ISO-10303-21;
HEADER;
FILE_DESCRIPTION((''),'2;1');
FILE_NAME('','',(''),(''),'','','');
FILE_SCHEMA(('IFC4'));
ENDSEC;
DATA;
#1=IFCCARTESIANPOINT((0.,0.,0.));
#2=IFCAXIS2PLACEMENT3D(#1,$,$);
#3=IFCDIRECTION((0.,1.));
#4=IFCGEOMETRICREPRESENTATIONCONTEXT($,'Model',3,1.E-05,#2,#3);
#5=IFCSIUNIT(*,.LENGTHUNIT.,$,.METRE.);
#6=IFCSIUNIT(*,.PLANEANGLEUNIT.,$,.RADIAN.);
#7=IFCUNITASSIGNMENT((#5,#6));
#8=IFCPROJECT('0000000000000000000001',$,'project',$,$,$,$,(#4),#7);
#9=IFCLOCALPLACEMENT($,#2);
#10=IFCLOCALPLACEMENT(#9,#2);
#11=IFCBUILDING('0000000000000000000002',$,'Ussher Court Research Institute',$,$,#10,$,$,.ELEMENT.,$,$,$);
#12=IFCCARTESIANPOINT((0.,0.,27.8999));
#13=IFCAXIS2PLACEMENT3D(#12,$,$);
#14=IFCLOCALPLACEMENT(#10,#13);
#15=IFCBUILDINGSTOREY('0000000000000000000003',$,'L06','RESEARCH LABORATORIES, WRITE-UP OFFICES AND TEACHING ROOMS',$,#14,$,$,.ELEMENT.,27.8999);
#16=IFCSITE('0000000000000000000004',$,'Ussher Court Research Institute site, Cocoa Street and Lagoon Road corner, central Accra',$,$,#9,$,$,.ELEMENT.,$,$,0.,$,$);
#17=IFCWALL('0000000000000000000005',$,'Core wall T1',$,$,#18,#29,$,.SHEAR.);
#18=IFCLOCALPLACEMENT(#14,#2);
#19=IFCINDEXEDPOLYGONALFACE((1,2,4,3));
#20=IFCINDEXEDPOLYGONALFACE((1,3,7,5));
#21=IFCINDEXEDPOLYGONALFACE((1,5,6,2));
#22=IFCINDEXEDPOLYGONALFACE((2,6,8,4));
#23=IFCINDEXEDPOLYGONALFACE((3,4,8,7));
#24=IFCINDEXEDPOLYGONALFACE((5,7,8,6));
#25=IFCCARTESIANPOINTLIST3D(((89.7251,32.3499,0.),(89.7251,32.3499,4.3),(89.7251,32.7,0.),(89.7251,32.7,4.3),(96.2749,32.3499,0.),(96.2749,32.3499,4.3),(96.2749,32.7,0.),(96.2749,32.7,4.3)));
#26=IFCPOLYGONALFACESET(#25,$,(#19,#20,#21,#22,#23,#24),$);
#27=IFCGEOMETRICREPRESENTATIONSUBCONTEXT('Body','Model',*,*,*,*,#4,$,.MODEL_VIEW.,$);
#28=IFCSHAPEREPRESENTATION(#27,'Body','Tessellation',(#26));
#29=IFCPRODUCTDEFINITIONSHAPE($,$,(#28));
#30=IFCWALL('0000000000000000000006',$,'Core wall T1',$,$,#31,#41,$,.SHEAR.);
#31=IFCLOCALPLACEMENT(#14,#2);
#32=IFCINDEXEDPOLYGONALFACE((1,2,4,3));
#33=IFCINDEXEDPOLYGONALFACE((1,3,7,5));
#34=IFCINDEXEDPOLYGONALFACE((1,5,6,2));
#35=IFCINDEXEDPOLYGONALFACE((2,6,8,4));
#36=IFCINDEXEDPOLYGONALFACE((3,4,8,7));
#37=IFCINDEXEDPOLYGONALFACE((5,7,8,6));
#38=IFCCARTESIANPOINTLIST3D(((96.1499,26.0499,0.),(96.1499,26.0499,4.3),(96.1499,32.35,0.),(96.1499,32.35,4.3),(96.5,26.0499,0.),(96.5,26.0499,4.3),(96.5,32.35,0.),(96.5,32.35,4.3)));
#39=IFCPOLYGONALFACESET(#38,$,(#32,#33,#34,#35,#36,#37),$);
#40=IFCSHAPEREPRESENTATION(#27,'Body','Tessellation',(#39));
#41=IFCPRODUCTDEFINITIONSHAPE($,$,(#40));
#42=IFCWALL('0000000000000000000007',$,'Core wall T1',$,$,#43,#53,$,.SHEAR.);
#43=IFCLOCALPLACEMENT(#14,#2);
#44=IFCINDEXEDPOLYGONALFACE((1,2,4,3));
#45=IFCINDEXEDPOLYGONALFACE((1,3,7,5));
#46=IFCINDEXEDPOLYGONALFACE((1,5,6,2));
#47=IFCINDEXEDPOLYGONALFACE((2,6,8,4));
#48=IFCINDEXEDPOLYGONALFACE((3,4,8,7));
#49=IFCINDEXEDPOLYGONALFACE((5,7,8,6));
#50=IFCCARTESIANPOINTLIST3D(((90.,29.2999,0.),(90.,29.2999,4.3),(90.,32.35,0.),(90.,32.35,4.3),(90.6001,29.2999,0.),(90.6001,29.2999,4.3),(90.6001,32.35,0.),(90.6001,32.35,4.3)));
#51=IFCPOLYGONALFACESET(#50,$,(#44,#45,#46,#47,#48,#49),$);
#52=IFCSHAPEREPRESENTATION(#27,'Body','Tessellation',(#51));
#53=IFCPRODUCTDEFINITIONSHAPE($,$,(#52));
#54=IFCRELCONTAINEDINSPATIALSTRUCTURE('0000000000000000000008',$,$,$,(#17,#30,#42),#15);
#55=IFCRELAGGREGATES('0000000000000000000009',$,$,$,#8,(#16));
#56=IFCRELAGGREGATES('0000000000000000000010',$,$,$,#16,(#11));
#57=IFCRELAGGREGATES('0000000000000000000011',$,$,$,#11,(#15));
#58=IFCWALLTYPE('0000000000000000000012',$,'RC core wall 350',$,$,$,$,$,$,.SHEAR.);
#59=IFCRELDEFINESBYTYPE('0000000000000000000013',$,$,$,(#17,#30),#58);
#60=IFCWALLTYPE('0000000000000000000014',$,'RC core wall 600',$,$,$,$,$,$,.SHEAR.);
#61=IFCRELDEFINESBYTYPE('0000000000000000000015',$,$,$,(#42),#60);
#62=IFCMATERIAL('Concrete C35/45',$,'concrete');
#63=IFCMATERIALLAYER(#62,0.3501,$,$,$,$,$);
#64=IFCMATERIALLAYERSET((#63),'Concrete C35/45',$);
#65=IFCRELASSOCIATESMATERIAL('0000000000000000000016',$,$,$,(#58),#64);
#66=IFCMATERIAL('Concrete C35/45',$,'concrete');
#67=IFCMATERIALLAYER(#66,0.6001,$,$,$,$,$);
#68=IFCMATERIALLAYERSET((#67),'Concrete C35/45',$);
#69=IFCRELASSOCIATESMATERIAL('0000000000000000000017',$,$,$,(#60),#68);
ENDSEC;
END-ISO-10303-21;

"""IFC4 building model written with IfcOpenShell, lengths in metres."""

from ifc_helpers import new_model, si_unit, direction, frame, frame_2d, origin, place, context, subcontext, project, spatial, rectangle, extrude, material, layer, layer_set, type_object, element, save


model = new_model("IFC4")

# Units and contexts
model_context = context("Model", 3, precision=1e-05, world=origin(), true_north=direction((0.0, 1.0)))
body_context = subcontext(model_context, "Body", "Model", "MODEL_VIEW")
ifc_project = project(units=[si_unit("LENGTHUNIT", "METRE"), si_unit("PLANEANGLEUNIT", "RADIAN")], contexts=[model_context])

# Site, building, storey
site_placement = place(None, origin())
site = spatial("IfcSite", under=ifc_project, at=site_placement, Name="Ussher Court Research Institute site, Cocoa Street and Lagoon Road corner, central Accra", CompositionType="ELEMENT", RefElevation=0.0)
building_placement = place(site_placement, origin())
building = spatial("IfcBuilding", under=site, at=building_placement, Name="Ussher Court Research Institute", CompositionType="ELEMENT")
storey_placement = place(building_placement, frame((0.0, 0.0, 27.8999)))
storey = spatial("IfcBuildingStorey", under=building, at=storey_placement, Name="L06", Description="RESEARCH LABORATORIES, WRITE-UP OFFICES AND TEACHING ROOMS", CompositionType="ELEMENT", Elevation=27.8999)

# Shared definitions
ifc_material_1 = material(Name="Concrete C35/45", Category="concrete")
ifc_layer_1 = layer(ifc_material_1, 0.3501)
ifc_layer_set_1 = layer_set([ifc_layer_1], Name="Concrete C35/45")
wall_type_1 = type_object("IfcWallType", Name="RC core wall 350", PredefinedType="SHEAR", material=ifc_layer_set_1)

# Walls
wall_1_placement = place(storey_placement, frame((89.7251, 32.5249, 0.0), z_axis=(0.0, 0.0, 1.0), x_axis=(1.0, 0.0, 0.0)))
element("IfcWall", 1, at=wall_1_placement, inside=storey, type_object=wall_type_1, Name="Core wall T1", PredefinedType="SHEAR", context=body_context, shape_type="SweptSolid", body=[
    extrude(rectangle(XDim=6.5498, YDim=0.3501, at=frame_2d((3.2749, 0.0))), origin(), (0.0, 0.0, 1.0), 4.3),
])
wall_2_placement = place(storey_placement, frame((96.325, 26.05, 0.0), z_axis=(0.0, 0.0, 1.0), x_axis=(0.0, 1.0, 0.0)))
element("IfcWall", 2, at=wall_2_placement, inside=storey, type_object=wall_type_1, Name="Core wall T1", PredefinedType="SHEAR", context=body_context, shape_type="SweptSolid", body=[
    extrude(rectangle(XDim=6.3, YDim=0.3501, at=frame_2d((3.1499, 0.0))), origin(), (0.0, 0.0, 1.0), 4.3),
])
ifc_material_2 = material(Name="Concrete C35/45", Category="concrete")
ifc_layer_2 = layer(ifc_material_2, 0.6001)
ifc_layer_set_2 = layer_set([ifc_layer_2], Name="Concrete C35/45")
wall_type_2 = type_object("IfcWallType", Name="RC core wall 600", PredefinedType="SHEAR", material=ifc_layer_set_2)
wall_3_placement = place(storey_placement, frame((90.3, 29.3, 0.0), z_axis=(0.0, 0.0, 1.0), x_axis=(0.0, 1.0, 0.0)))
element("IfcWall", 3, at=wall_3_placement, inside=storey, type_object=wall_type_2, Name="Core wall T1", PredefinedType="SHEAR", context=body_context, shape_type="SweptSolid", body=[
    extrude(rectangle(XDim=3.05, YDim=0.6001, at=frame_2d((1.5249, 0.0))), origin(), (0.0, 0.0, 1.0), 4.3),
])

save(model, "model.ifc")
